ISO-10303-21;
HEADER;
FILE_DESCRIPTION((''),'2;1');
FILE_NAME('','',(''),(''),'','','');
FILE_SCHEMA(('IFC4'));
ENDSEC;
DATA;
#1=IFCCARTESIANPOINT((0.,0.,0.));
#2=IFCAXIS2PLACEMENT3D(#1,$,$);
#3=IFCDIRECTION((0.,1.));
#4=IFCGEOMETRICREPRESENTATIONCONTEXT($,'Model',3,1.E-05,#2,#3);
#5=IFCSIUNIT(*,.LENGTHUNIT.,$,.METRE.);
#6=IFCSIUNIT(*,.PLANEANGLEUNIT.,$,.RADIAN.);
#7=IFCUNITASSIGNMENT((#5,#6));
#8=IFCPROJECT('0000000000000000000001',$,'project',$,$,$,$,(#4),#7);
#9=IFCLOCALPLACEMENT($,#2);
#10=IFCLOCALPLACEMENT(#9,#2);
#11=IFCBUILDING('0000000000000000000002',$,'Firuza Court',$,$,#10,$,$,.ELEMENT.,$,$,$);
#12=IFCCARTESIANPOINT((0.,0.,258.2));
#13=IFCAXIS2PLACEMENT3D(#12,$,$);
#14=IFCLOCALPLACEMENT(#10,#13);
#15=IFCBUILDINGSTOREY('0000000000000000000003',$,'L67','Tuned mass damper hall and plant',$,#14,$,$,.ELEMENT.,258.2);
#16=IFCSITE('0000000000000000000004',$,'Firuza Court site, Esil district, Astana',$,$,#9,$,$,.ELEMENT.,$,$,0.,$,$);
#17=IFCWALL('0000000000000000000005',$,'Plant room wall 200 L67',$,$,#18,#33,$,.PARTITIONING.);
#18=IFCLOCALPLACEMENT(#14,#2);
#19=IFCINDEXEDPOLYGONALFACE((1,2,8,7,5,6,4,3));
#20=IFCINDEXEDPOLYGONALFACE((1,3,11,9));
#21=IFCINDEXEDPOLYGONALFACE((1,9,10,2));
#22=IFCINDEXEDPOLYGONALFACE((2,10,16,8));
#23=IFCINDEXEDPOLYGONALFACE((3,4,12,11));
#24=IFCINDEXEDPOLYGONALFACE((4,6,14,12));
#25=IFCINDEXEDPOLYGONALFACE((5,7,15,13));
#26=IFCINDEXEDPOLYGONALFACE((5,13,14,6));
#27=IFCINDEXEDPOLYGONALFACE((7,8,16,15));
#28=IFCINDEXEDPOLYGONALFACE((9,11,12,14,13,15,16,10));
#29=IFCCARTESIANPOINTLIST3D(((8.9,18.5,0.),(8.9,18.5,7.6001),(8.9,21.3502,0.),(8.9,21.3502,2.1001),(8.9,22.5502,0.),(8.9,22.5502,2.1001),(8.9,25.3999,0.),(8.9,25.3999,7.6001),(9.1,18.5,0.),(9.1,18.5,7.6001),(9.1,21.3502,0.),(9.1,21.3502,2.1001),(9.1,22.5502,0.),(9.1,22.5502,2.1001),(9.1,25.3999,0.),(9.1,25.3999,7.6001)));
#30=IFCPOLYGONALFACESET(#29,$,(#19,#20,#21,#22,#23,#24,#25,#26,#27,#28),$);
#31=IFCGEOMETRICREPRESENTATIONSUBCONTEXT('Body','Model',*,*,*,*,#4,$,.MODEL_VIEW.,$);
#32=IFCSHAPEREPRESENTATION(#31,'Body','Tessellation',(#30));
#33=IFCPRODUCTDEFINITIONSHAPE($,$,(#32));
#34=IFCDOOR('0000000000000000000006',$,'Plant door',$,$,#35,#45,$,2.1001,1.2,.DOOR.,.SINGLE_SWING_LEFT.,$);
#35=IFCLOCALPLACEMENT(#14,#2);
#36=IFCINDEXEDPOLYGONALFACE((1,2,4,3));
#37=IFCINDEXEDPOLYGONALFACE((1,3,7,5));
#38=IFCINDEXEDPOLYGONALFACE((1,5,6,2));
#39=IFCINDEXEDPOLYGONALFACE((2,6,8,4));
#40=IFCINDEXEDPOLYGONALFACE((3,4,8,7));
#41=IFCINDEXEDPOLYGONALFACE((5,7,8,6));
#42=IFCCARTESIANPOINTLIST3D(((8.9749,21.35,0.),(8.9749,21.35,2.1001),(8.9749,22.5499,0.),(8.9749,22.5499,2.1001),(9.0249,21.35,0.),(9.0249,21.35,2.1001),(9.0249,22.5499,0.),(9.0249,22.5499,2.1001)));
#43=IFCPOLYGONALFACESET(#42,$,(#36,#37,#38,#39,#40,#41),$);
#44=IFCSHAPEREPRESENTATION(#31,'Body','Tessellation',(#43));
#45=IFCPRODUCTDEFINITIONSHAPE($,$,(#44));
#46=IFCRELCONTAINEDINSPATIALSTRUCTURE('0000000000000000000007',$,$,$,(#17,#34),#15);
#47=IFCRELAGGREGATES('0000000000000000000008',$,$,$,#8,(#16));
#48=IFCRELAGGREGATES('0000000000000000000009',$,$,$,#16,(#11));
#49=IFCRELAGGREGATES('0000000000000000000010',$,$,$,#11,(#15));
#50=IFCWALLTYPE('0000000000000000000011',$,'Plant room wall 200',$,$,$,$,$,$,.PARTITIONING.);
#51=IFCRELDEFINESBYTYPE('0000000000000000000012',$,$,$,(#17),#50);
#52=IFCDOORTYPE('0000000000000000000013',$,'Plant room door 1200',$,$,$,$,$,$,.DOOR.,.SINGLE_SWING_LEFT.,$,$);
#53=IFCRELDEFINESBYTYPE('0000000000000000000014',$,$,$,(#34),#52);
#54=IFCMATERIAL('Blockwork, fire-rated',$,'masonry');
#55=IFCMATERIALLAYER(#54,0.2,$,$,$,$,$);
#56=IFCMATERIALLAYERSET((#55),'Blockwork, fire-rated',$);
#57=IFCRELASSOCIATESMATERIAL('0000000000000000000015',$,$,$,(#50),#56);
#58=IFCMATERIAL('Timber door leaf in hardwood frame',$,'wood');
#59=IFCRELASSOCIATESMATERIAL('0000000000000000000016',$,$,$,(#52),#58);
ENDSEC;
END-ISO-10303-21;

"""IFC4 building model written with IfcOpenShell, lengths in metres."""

from ifc_helpers import new_model, si_unit, direction, frame, frame_2d, origin, place, context, subcontext, project, spatial, rectangle, extrude, material, layer, layer_set, type_object, element, fill, save


model = new_model("IFC4")

# Units and contexts
model_context = context("Model", 3, precision=1e-05, world=origin(), true_north=direction((0.0, 1.0)))
body_context = subcontext(model_context, "Body", "Model", "MODEL_VIEW")
ifc_project = project(units=[si_unit("LENGTHUNIT", "METRE"), si_unit("PLANEANGLEUNIT", "RADIAN")], contexts=[model_context])

# Site, building, storey
site_placement = place(None, origin())
site = spatial("IfcSite", under=ifc_project, at=site_placement, Name="Firuza Court site, Esil district, Astana", CompositionType="ELEMENT", RefElevation=0.0)
building_placement = place(site_placement, origin())
building = spatial("IfcBuilding", under=site, at=building_placement, Name="Firuza Court", CompositionType="ELEMENT")
storey_placement = place(building_placement, frame((0.0, 0.0, 258.2)))
storey = spatial("IfcBuildingStorey", under=building, at=storey_placement, Name="L67", Description="Tuned mass damper hall and plant", CompositionType="ELEMENT", Elevation=258.2)

# Wall, opening, door
ifc_material_1 = material(Name="Blockwork, fire-rated", Category="masonry")
ifc_layer_1 = layer(ifc_material_1, 0.2)
ifc_layer_set_1 = layer_set([ifc_layer_1], Name="Blockwork, fire-rated")
wall_type_1 = type_object("IfcWallType", Name="Plant room wall 200", PredefinedType="PARTITIONING", material=ifc_layer_set_1)
wall_1_placement = place(storey_placement, frame((9.0, 18.5, 0.0), z_axis=(0.0, 0.0, 1.0), x_axis=(0.0, 1.0, 0.0)))
wall_1 = element("IfcWall", 1, at=wall_1_placement, inside=storey, type_object=wall_type_1, Name="Plant room wall 200 L67", PredefinedType="PARTITIONING", context=body_context, shape_type="SweptSolid", body=[
    extrude(rectangle(XDim=6.8999, YDim=0.2, at=frame_2d((3.45, 0.0))), origin(), (0.0, 0.0, 1.0), 7.6001),
])
opening_1_placement = place(wall_1_placement, frame((2.8501, 0.0, 0.0)))
opening_1 = element("IfcOpeningElement", 2, at=opening_1_placement, cuts=wall_1, PredefinedType="OPENING", context=body_context, shape_type="SweptSolid", body=[
    extrude(rectangle(XDim=1.2, YDim=2.1001, at=frame_2d((0.6001, 1.05))), frame((0.0, 0.1118, 0.0), z_axis=(0.0, -1.0, 0.0), x_axis=(1.0, 0.0, 0.0)), (0.0, 0.0, 1.0), 0.2239),
])
ifc_material_2 = material(Name="Timber door leaf in hardwood frame", Category="wood")
door_type_1 = type_object("IfcDoorType", Name="Plant room door 1200", OperationType="SINGLE_SWING_LEFT", PredefinedType="DOOR", material=ifc_material_2)
door_1_placement = place(opening_1_placement, frame((1.2, 0.0, 0.0), z_axis=(0.0, 0.0, 1.0), x_axis=(-1.0, 0.0, 0.0)))
door_1 = element("IfcDoor", 3, at=door_1_placement, inside=storey, type_object=door_type_1, Name="Plant door", OperationType="SINGLE_SWING_LEFT", OverallHeight=2.1001, OverallWidth=1.2, PredefinedType="DOOR", context=body_context, shape_type="SweptSolid", body=[
    extrude(rectangle(XDim=1.2, YDim=2.1001, at=frame_2d((0.6001, 1.05))), frame((0.0, 0.0249, 0.0), z_axis=(0.0, -1.0, 0.0), x_axis=(1.0, 0.0, 0.0)), (0.0, 0.0, 1.0), 0.05),
])
fill(opening_1, door_1)

save(model, "model.ifc")
